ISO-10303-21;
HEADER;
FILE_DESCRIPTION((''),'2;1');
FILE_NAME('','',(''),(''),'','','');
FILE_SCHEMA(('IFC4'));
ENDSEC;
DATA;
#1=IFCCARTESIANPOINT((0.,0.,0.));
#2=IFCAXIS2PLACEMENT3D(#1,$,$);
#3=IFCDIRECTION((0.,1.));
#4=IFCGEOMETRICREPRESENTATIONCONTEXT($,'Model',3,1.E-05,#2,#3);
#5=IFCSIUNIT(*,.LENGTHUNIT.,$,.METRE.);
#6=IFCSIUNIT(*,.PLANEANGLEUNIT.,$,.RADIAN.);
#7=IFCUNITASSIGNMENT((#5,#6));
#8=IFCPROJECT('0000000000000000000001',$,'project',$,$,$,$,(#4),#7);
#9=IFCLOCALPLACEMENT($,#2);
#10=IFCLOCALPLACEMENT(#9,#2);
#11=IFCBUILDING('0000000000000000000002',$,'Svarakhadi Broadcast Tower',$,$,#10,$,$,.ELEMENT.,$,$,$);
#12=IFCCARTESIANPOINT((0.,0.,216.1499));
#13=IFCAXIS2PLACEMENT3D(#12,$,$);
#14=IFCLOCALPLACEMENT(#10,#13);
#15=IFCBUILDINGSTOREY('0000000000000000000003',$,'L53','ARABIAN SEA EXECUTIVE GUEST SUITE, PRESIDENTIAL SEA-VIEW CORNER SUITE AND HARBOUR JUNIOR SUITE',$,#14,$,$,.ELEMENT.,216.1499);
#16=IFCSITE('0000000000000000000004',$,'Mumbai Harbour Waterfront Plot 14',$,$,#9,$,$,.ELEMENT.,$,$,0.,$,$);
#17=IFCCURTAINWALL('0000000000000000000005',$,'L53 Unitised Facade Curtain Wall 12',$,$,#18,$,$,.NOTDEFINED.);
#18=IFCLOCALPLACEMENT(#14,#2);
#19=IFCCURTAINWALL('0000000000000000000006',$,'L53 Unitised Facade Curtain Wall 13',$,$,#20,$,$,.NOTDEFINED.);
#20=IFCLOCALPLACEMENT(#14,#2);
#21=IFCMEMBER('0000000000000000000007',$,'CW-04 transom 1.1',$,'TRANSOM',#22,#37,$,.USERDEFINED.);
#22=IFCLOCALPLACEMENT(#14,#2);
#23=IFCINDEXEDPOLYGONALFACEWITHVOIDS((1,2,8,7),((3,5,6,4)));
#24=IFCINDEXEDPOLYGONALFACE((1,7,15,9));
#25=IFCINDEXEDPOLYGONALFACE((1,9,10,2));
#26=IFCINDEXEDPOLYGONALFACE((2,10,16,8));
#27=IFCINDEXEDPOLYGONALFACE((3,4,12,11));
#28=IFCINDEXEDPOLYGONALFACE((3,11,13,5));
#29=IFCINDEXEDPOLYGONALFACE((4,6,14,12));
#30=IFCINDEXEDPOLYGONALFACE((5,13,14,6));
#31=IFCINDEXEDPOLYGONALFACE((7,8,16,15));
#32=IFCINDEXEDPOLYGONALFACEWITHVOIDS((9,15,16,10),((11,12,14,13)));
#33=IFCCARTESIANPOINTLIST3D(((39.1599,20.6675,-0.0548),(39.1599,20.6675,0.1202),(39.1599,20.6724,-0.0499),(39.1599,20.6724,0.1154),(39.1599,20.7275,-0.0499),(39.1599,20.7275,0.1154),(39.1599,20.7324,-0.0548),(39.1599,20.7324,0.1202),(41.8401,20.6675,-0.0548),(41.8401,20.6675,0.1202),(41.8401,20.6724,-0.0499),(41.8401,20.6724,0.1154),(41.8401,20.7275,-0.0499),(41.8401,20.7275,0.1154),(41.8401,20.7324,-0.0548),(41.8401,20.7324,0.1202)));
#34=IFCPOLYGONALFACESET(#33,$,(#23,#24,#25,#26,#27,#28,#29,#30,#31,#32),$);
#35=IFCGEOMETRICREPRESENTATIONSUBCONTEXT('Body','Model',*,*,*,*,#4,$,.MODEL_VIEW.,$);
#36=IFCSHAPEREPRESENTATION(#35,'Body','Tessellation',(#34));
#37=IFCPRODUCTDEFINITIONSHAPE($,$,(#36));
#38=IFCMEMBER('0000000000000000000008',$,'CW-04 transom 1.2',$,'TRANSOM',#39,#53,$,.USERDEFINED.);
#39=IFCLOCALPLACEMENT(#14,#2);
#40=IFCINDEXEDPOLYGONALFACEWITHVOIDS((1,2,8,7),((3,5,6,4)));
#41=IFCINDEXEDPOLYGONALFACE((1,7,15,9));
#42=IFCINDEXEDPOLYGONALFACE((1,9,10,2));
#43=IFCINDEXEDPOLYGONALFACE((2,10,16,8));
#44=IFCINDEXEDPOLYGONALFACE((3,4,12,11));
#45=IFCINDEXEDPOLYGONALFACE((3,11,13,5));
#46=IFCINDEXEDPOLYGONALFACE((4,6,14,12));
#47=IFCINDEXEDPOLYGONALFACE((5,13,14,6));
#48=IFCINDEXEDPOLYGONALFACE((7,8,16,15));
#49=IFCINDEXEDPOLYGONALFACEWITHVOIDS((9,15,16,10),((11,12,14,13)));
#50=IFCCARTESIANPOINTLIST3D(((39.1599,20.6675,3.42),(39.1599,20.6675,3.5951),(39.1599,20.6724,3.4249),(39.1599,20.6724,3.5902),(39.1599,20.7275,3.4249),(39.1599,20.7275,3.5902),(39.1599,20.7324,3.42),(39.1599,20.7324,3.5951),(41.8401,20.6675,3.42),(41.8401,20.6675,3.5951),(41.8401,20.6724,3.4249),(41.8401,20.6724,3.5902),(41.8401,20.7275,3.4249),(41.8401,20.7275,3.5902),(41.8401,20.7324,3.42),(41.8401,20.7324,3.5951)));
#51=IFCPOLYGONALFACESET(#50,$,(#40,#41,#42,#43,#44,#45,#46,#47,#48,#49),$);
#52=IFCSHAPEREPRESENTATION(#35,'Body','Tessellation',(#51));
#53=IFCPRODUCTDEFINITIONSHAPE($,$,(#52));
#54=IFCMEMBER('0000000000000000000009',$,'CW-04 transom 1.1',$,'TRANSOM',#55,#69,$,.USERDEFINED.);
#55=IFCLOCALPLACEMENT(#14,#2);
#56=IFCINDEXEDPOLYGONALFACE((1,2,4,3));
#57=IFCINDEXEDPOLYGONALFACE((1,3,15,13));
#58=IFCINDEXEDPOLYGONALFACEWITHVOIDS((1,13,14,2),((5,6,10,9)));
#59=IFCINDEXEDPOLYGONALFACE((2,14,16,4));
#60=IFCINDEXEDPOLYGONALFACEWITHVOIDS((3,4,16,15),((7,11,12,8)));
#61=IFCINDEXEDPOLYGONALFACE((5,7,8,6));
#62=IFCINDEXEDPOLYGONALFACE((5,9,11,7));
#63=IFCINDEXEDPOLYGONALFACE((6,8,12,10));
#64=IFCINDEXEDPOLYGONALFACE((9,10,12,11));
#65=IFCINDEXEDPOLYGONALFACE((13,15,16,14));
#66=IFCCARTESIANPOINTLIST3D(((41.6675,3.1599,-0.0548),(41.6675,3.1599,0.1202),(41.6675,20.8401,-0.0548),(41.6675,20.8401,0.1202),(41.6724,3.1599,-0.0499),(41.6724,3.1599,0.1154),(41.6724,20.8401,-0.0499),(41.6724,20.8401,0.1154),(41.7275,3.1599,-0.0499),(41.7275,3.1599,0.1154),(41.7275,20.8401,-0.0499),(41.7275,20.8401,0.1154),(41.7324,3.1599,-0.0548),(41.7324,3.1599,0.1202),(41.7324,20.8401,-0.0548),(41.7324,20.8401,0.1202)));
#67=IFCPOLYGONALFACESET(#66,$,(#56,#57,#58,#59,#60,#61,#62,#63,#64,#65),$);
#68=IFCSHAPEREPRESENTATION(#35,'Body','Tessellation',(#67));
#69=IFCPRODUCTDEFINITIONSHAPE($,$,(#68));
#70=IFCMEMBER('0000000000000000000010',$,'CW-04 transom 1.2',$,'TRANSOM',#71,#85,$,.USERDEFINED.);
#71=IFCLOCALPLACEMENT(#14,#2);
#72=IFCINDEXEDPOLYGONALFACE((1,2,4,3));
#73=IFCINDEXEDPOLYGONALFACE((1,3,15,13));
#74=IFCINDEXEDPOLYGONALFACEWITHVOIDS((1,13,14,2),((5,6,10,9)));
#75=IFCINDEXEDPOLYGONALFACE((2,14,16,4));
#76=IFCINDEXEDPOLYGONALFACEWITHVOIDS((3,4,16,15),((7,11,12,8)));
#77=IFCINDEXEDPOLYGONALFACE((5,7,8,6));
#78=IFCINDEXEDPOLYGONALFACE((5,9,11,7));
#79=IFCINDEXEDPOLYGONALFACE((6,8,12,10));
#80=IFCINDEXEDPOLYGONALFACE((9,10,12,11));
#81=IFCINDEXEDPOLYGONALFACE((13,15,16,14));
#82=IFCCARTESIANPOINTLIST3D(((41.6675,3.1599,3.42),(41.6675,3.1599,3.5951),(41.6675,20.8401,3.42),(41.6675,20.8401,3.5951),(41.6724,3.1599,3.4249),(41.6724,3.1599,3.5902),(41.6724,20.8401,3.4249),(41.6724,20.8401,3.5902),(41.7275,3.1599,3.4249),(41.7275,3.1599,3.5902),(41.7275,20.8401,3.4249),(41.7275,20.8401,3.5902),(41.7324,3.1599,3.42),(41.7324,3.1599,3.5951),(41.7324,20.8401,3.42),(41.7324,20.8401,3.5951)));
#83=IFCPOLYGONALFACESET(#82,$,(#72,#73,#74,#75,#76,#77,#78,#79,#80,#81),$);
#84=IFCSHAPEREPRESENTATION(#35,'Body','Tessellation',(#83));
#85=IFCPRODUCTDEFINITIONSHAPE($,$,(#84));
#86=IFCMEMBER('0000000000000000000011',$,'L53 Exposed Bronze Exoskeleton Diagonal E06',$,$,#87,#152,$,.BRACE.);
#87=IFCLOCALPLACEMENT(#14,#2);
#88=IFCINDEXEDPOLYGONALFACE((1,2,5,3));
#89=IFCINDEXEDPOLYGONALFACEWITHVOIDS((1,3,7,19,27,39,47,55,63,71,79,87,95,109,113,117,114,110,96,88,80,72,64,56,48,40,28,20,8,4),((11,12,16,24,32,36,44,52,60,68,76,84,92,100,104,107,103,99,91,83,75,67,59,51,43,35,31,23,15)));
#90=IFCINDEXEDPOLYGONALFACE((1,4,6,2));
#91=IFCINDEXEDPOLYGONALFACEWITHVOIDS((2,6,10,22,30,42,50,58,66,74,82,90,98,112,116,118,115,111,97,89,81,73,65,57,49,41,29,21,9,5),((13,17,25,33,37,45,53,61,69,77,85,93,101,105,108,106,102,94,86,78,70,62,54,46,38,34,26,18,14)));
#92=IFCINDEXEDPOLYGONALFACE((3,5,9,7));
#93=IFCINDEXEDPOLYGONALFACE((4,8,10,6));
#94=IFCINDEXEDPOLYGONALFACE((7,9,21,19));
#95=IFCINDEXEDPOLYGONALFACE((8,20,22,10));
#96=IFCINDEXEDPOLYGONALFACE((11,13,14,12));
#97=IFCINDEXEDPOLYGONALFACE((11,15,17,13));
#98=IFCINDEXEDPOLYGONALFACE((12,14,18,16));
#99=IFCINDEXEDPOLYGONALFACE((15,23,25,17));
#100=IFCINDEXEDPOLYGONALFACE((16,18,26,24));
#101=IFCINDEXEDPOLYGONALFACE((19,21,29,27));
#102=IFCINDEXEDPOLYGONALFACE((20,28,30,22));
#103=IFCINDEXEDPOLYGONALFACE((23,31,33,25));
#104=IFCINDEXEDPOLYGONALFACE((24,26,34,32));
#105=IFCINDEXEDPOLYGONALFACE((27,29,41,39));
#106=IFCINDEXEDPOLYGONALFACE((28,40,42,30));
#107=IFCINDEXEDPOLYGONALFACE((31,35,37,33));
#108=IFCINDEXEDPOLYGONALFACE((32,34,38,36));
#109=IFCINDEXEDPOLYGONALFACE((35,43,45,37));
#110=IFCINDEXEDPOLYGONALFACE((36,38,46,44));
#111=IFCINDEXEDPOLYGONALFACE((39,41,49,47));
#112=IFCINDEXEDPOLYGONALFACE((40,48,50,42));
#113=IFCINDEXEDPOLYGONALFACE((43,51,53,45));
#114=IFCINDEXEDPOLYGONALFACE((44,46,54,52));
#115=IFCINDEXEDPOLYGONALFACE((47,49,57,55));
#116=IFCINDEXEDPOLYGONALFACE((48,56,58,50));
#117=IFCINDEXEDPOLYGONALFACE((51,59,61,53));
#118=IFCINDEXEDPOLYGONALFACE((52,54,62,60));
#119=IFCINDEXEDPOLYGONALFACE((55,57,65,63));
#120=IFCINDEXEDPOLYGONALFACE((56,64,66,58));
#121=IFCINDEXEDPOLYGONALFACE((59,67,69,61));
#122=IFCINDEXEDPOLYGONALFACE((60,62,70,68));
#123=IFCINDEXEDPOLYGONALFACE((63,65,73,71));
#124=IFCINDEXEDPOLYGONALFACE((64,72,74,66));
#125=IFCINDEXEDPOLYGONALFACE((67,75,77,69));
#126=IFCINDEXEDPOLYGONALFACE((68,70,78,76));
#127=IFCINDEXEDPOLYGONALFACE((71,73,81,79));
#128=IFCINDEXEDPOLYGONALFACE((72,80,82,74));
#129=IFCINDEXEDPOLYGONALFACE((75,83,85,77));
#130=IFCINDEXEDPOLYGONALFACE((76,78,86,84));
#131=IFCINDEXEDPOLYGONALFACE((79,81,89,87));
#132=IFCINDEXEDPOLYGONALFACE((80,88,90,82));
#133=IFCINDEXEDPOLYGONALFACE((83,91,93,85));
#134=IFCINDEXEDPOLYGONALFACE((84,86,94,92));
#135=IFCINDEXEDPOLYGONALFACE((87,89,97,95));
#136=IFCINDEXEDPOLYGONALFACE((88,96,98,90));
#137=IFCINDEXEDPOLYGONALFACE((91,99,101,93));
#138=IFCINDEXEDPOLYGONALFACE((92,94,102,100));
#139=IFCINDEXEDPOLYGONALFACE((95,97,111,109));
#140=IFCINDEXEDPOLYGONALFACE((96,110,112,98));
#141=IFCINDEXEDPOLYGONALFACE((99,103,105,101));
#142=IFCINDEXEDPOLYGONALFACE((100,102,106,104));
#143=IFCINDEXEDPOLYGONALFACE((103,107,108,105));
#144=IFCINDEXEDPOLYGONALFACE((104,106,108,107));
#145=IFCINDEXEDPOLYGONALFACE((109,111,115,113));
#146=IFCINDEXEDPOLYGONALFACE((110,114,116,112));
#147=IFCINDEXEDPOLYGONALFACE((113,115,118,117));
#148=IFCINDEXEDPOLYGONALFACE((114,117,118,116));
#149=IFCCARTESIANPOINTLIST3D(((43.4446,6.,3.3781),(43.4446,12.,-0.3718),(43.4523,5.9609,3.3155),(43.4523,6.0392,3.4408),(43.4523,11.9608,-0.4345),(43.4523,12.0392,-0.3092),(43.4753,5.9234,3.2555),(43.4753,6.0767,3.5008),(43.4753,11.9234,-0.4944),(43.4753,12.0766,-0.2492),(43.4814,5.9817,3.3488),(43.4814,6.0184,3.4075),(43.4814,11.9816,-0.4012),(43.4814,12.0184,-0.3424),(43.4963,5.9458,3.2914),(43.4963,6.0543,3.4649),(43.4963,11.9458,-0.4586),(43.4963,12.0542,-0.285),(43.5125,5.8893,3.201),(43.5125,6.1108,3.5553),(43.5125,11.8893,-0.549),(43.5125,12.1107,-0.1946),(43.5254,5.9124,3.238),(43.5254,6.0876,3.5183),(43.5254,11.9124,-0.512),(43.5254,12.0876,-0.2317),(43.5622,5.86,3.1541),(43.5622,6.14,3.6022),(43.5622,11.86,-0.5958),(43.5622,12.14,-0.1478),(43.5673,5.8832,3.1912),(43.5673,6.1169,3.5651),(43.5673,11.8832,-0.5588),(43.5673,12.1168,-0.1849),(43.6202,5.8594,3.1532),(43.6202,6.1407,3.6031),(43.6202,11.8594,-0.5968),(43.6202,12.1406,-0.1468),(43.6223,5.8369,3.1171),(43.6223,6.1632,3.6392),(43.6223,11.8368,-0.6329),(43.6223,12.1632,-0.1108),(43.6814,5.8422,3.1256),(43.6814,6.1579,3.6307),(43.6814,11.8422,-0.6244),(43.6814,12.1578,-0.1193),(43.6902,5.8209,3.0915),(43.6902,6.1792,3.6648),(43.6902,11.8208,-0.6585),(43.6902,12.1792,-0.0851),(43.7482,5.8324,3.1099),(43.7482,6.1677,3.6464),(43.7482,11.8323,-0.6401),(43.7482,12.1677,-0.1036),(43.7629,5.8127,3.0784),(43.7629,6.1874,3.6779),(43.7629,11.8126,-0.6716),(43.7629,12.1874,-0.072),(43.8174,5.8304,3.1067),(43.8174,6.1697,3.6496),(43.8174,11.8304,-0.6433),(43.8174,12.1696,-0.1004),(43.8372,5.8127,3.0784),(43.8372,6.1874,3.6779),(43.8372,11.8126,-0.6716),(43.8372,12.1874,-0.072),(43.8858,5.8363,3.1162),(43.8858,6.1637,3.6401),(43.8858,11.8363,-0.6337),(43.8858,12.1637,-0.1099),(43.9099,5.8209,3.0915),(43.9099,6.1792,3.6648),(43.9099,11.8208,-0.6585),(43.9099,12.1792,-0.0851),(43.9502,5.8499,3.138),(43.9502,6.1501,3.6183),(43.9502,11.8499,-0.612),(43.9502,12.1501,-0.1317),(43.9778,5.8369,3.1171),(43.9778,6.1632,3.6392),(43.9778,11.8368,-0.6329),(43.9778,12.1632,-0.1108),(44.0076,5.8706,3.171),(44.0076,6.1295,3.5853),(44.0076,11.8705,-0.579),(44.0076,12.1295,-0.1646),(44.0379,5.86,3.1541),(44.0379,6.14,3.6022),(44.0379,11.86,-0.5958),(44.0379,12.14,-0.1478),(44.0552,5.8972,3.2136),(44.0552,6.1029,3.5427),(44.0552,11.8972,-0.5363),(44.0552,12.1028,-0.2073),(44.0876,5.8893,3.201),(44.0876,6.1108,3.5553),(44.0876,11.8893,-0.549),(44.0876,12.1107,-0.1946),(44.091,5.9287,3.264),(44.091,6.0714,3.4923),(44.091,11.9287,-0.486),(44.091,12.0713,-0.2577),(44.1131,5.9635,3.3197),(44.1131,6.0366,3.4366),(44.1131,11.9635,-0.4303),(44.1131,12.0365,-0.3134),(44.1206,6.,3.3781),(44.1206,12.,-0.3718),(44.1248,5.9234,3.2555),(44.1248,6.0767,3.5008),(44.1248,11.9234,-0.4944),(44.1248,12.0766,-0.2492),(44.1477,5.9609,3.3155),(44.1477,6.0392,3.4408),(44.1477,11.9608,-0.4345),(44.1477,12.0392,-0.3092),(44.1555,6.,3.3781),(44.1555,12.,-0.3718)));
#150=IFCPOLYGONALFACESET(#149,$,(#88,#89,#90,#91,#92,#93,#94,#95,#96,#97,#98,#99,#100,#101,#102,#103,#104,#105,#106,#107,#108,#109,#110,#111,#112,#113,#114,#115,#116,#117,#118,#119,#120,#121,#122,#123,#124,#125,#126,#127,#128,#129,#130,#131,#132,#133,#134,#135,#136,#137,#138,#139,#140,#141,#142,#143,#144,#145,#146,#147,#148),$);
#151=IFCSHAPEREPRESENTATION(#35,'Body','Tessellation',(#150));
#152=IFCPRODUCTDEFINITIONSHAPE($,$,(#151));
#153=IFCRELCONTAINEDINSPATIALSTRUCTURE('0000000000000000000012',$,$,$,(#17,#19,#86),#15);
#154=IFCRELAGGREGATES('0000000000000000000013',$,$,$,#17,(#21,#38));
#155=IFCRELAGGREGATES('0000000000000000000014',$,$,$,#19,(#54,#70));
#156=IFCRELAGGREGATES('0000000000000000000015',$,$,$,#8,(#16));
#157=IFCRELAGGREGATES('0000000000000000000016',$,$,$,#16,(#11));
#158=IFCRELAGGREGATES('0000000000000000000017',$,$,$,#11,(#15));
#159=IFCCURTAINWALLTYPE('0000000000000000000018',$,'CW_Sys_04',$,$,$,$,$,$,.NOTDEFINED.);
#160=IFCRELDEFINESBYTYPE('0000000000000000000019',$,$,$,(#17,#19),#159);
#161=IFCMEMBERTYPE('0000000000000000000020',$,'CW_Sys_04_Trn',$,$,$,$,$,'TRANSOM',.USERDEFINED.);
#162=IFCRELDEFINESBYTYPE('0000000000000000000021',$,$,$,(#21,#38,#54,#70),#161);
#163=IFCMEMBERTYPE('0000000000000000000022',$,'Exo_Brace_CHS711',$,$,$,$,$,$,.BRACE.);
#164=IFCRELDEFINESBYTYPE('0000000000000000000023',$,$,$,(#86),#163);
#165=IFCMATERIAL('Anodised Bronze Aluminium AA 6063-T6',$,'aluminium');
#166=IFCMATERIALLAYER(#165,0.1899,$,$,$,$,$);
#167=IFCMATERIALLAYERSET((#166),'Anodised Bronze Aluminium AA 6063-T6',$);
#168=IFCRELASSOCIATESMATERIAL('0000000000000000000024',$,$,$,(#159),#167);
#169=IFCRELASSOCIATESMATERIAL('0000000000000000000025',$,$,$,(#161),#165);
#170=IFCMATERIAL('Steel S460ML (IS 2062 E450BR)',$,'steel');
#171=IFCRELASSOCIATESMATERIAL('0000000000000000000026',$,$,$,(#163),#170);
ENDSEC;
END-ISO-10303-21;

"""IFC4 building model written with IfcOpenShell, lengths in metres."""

from ifc_helpers import new_model, si_unit, direction, frame, origin, origin_2d, place, context, subcontext, project, spatial, hollow_rectangle, hollow_circle, extrude, material, layer, layer_set, material_profile, profile_set, type_object, element, aggregate, save


model = new_model("IFC4")

# Units and contexts
model_context = context("Model", 3, precision=1e-05, world=origin(), true_north=direction((0.0, 1.0)))
body_context = subcontext(model_context, "Body", "Model", "MODEL_VIEW")
ifc_project = project(units=[si_unit("LENGTHUNIT", "METRE"), si_unit("PLANEANGLEUNIT", "RADIAN")], contexts=[model_context])

# Site, building, storey
site_placement = place(None, origin())
site = spatial("IfcSite", under=ifc_project, at=site_placement, Name="Mumbai Harbour Waterfront Plot 14", CompositionType="ELEMENT", RefElevation=0.0)
building_placement = place(site_placement, origin())
building = spatial("IfcBuilding", under=site, at=building_placement, Name="Svarakhadi Broadcast Tower", CompositionType="ELEMENT")
storey_placement = place(building_placement, frame((0.0, 0.0, 216.1499)))
storey = spatial("IfcBuildingStorey", under=building, at=storey_placement, Name="L53", Description="ARABIAN SEA EXECUTIVE GUEST SUITE, PRESIDENTIAL SEA-VIEW CORNER SUITE AND HARBOUR JUNIOR SUITE", CompositionType="ELEMENT", Elevation=216.1499)

# Shared definitions
ifc_material_1 = material(Name="Steel S460ML (IS 2062 E450BR)", Category="steel")

# Shared definitions
ifc_material_2 = material(Name="Anodised Bronze Aluminium AA 6063-T6", Category="aluminium")
ifc_layer_1 = layer(ifc_material_2, 0.1899)
ifc_layer_set_1 = layer_set([ifc_layer_1], Name="Anodised Bronze Aluminium AA 6063-T6")
curtain_wall_type = type_object("IfcCurtainWallType", Name="CW_Sys_04", PredefinedType="NOTDEFINED", material=ifc_layer_set_1)

# Curtain wall
curtain_wall_1_placement = place(storey_placement, origin())
curtain_wall_1 = element("IfcCurtainWall", 1, at=curtain_wall_1_placement, inside=storey, type_object=curtain_wall_type, Name="L53 Unitised Facade Curtain Wall 12", PredefinedType="NOTDEFINED")

# Curtain wall
curtain_wall_2_placement = place(storey_placement, origin())
curtain_wall_2 = element("IfcCurtainWall", 2, at=curtain_wall_2_placement, inside=storey, type_object=curtain_wall_type, Name="L53 Unitised Facade Curtain Wall 13", PredefinedType="NOTDEFINED")

# Members
ifc_material_profile_1 = material_profile(ifc_material_2, hollow_rectangle(XDim=0.0649, YDim=0.175, WallThickness=0.0049, at=origin_2d()), Name="ALU TRANSOM 175x65x5")
ifc_profile_set_1 = profile_set([ifc_material_profile_1], Name="Anodised Bronze Aluminium AA 6063-T6")
member_type_1 = type_object("IfcMemberType", Name="CW_Sys_04_Trn", ElementType="TRANSOM", PredefinedType="USERDEFINED", material=ifc_profile_set_1)
member_1_placement = place(storey_placement, frame((39.1599, 20.7, 0.0327), z_axis=(1.0, 0.0, 0.0), x_axis=(0.0, 1.0, 0.0)))
member_1 = element("IfcMember", 3, at=member_1_placement, type_object=member_type_1, Name="CW-04 transom 1.1", ObjectType="TRANSOM", PredefinedType="USERDEFINED", context=body_context, shape_type="SweptSolid", body=[
    extrude(hollow_rectangle(XDim=0.0649, YDim=0.175, WallThickness=0.0049, at=origin_2d()), origin(), (0.0, 0.0, 1.0), 2.6802),
])
member_2_placement = place(storey_placement, frame((39.1599, 20.7, 3.5076), z_axis=(1.0, 0.0, 0.0), x_axis=(0.0, 1.0, 0.0)))
member_2 = element("IfcMember", 4, at=member_2_placement, type_object=member_type_1, Name="CW-04 transom 1.2", ObjectType="TRANSOM", PredefinedType="USERDEFINED", context=body_context, shape_type="SweptSolid", body=[
    extrude(hollow_rectangle(XDim=0.0649, YDim=0.175, WallThickness=0.0049, at=origin_2d()), origin(), (0.0, 0.0, 1.0), 2.6802),
])
member_3_placement = place(storey_placement, frame((41.7, 20.8401, 0.0327), z_axis=(0.0, -1.0, 0.0), x_axis=(1.0, 0.0, 0.0)))
member_3 = element("IfcMember", 5, at=member_3_placement, type_object=member_type_1, Name="CW-04 transom 1.1", ObjectType="TRANSOM", PredefinedType="USERDEFINED", context=body_context, shape_type="SweptSolid", body=[
    extrude(hollow_rectangle(XDim=0.0649, YDim=0.175, WallThickness=0.0049, at=origin_2d()), origin(), (0.0, 0.0, 1.0), 17.6802),
])
member_4_placement = place(storey_placement, frame((41.7, 20.8401, 3.5076), z_axis=(0.0, -1.0, 0.0), x_axis=(1.0, 0.0, 0.0)))
member_4 = element("IfcMember", 6, at=member_4_placement, type_object=member_type_1, Name="CW-04 transom 1.2", ObjectType="TRANSOM", PredefinedType="USERDEFINED", context=body_context, shape_type="SweptSolid", body=[
    extrude(hollow_rectangle(XDim=0.0649, YDim=0.175, WallThickness=0.0049, at=origin_2d()), origin(), (0.0, 0.0, 1.0), 17.6802),
])

# Member
ifc_material_profile_2 = material_profile(ifc_material_1, hollow_circle(Radius=0.3555, WallThickness=0.0349, at=origin_2d()), Name="CHS 711x35")
ifc_profile_set_2 = profile_set([ifc_material_profile_2], Name="Steel S460ML (IS 2062 E450BR)")
member_type_2 = type_object("IfcMemberType", Name="Exo_Brace_CHS711", PredefinedType="BRACE", material=ifc_profile_set_2)
for number, where, z_axis, x_axis, name in (
    (7, (43.8, 12.0, -0.3718), (0.0, -0.847998, 0.529999), (1.0, 0.0, 0.0), "L53 Exposed Bronze Exoskeleton Diagonal E06"),
):
    element("IfcMember", number, at=place(storey_placement, frame(where, z_axis=z_axis, x_axis=x_axis)), inside=storey, type_object=member_type_2, Name=name, PredefinedType="BRACE", context=body_context, shape_type="SweptSolid", body=[
        extrude(hollow_circle(Radius=0.3555, WallThickness=0.0349, at=origin_2d()), origin(), (0.0, 0.0, 1.0), 7.0754),
    ])

aggregate(curtain_wall_1, [member_1, member_2])
aggregate(curtain_wall_2, [member_3, member_4])

save(model, "model.ifc")
